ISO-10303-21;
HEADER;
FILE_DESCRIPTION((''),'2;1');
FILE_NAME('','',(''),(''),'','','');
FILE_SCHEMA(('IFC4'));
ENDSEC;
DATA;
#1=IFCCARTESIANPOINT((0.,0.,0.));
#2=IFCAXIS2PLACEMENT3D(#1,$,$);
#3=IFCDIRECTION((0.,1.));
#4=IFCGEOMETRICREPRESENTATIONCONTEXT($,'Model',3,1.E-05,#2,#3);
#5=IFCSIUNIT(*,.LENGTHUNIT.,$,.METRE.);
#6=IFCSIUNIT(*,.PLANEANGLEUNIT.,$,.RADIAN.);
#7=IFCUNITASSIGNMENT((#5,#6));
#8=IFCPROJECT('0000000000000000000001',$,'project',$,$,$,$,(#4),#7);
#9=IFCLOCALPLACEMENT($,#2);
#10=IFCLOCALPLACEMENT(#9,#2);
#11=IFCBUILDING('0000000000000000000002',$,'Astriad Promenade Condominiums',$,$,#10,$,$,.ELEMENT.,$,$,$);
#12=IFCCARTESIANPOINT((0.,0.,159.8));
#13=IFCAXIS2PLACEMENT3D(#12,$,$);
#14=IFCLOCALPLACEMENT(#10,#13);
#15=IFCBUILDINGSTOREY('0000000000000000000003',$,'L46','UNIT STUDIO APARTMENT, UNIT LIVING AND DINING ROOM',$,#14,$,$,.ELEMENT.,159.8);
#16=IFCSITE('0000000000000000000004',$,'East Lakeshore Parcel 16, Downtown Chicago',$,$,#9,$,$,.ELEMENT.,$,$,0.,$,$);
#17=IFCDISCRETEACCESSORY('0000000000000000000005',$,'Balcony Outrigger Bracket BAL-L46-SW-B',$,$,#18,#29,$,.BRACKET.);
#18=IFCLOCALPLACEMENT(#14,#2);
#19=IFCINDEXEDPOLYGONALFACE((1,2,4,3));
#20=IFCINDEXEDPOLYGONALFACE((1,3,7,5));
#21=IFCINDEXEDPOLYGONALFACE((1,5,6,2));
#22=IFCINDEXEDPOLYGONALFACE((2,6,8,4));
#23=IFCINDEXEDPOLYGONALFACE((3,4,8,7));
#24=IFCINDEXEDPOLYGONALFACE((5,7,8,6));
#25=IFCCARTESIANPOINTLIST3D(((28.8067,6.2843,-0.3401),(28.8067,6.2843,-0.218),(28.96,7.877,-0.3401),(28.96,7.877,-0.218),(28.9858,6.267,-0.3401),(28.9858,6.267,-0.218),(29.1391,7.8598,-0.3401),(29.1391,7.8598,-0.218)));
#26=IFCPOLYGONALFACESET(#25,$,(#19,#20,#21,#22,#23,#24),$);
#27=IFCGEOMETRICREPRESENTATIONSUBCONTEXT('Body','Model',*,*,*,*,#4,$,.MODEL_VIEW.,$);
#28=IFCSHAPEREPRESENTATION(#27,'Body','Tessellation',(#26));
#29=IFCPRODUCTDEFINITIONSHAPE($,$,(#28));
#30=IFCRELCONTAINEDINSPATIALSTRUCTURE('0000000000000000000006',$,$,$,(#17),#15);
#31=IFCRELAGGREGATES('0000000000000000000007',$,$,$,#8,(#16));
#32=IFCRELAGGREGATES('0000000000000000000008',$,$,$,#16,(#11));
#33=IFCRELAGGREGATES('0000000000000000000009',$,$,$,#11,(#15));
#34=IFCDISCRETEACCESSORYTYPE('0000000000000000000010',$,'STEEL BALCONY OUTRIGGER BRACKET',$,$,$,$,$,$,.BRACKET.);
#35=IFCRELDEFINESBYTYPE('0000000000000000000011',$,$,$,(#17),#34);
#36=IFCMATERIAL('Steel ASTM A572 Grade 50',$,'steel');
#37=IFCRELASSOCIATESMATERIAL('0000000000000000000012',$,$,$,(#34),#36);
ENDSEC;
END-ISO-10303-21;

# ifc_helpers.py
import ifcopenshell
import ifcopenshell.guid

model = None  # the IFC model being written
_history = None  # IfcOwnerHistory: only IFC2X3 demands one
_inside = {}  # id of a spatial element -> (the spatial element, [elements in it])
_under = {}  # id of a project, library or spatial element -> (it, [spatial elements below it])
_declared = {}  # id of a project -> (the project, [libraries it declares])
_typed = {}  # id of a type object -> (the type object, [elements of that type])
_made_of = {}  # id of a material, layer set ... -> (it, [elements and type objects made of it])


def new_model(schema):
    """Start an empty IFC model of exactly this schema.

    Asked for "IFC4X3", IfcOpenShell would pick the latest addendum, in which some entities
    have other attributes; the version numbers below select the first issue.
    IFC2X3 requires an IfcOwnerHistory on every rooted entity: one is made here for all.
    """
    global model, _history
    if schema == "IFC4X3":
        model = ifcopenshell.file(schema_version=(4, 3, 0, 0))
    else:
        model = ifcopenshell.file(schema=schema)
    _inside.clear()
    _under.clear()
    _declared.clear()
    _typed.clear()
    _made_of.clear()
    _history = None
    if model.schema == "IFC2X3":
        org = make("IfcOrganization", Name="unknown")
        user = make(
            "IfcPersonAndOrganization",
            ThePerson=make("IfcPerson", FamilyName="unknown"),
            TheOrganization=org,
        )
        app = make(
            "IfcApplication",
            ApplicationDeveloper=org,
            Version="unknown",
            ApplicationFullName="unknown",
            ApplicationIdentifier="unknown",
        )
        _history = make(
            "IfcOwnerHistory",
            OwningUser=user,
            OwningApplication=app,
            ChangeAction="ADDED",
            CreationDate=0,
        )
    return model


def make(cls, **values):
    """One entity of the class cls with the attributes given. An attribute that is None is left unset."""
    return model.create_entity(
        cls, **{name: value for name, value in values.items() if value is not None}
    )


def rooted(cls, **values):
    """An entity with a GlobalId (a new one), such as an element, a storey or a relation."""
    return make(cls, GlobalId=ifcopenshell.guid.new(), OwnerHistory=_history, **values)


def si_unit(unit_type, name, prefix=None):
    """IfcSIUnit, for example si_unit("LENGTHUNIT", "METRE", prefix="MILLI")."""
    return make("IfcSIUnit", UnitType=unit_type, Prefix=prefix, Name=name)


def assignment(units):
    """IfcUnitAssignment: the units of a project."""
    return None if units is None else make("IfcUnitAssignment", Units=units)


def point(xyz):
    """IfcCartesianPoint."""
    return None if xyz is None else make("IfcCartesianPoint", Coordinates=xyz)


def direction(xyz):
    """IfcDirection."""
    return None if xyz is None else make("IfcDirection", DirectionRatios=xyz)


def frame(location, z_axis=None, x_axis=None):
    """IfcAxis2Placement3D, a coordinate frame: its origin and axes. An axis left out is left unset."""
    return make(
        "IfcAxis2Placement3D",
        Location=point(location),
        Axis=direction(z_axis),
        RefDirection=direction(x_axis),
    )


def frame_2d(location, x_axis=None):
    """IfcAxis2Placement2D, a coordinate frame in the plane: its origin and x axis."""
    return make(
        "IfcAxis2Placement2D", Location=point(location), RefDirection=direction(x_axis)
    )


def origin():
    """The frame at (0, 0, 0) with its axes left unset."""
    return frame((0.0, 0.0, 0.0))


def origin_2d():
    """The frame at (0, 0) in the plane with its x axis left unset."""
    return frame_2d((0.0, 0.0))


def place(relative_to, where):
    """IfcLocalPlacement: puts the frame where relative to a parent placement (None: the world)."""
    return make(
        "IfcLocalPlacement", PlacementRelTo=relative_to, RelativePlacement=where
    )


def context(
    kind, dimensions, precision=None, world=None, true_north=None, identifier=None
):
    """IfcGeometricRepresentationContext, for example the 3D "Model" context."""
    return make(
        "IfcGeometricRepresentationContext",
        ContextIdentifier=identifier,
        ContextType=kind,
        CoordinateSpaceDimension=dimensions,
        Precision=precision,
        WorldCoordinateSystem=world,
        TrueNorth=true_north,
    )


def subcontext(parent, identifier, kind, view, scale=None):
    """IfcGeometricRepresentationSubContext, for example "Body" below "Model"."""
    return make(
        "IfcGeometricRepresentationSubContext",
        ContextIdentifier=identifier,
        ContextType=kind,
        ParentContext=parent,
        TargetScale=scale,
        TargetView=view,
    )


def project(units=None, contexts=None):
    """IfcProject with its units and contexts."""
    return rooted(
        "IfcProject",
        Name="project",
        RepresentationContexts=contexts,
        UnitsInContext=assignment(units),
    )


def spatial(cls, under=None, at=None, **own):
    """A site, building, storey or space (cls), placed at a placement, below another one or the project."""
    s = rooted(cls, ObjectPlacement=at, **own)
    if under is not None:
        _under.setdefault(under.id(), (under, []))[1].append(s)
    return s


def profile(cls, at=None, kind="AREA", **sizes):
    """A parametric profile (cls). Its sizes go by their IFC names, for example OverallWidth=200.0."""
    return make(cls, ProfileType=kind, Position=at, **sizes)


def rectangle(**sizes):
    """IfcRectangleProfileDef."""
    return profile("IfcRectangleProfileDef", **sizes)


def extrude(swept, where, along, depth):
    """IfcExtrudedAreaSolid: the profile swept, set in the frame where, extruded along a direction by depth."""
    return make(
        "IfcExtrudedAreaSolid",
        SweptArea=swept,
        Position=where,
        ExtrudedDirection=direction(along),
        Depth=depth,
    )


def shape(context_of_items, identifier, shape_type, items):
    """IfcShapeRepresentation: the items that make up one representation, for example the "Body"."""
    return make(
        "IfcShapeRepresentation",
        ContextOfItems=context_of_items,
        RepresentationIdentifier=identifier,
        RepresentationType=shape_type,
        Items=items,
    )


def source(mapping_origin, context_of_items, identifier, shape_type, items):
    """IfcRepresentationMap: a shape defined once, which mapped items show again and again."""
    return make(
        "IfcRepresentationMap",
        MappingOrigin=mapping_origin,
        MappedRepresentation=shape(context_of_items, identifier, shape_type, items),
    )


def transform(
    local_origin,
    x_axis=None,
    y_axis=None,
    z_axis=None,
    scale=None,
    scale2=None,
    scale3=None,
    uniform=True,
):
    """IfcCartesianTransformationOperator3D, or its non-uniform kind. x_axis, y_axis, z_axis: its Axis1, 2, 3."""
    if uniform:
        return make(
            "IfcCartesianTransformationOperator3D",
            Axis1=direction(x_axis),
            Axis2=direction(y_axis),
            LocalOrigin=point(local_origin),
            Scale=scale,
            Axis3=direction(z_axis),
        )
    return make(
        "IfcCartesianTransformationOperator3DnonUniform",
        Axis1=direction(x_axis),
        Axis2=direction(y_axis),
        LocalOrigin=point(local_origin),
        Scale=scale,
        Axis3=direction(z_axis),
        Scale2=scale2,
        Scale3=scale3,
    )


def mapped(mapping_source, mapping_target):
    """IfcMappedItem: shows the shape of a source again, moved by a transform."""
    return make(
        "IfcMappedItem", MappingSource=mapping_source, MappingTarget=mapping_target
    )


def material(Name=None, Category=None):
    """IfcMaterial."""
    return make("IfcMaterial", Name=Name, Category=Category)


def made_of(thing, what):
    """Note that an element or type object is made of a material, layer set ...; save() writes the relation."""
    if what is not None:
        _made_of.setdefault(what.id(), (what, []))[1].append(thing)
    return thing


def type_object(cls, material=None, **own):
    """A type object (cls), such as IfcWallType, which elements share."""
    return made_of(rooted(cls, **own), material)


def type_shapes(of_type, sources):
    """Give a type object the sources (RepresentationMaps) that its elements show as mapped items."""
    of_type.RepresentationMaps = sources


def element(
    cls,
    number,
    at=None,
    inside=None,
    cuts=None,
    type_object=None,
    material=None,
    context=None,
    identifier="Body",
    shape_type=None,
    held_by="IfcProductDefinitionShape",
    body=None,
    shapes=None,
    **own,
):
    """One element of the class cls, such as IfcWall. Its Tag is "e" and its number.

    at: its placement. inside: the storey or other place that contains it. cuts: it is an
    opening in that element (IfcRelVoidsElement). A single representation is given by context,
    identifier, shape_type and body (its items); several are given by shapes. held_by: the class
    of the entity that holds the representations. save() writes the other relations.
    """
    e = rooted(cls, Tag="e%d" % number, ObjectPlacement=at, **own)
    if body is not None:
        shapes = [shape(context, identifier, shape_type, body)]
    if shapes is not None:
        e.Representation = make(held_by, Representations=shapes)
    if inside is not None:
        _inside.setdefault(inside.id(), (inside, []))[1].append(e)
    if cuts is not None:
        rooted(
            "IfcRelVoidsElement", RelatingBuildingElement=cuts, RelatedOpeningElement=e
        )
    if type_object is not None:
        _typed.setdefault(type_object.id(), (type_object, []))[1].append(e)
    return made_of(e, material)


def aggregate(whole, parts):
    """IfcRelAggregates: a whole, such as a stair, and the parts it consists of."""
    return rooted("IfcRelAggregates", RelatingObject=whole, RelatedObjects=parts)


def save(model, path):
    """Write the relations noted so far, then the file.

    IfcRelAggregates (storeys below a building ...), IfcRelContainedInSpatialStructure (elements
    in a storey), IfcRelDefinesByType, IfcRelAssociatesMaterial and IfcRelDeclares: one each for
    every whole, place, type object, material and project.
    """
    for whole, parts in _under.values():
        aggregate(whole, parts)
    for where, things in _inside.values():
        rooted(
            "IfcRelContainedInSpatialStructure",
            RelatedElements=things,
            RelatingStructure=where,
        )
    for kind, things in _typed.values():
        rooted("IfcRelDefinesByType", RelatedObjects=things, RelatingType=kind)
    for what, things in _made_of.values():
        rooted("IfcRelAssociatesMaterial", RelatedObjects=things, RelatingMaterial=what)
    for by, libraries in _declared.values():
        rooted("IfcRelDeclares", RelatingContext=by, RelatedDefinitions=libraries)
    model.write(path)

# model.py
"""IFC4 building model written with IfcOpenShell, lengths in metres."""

from ifc_helpers import new_model, si_unit, direction, frame, origin, origin_2d, place, context, subcontext, project, spatial, rectangle, extrude, source, transform, mapped, material, type_object, type_shapes, element, save


model = new_model("IFC4")

# Units and contexts
model_context = context("Model", 3, precision=1e-05, world=origin(), true_north=direction((0.0, 1.0)))
body_context = subcontext(model_context, "Body", "Model", "MODEL_VIEW")
ifc_project = project(units=[si_unit("LENGTHUNIT", "METRE"), si_unit("PLANEANGLEUNIT", "RADIAN")], contexts=[model_context])

# Site, building, storey
site_placement = place(None, origin())
site = spatial("IfcSite", under=ifc_project, at=site_placement, Name="East Lakeshore Parcel 16, Downtown Chicago", CompositionType="ELEMENT", RefElevation=0.0)
building_placement = place(site_placement, origin())
building = spatial("IfcBuilding", under=site, at=building_placement, Name="Astriad Promenade Condominiums", CompositionType="ELEMENT")
storey_placement = place(building_placement, frame((0.0, 0.0, 159.8)))
storey = spatial("IfcBuildingStorey", under=building, at=storey_placement, Name="L46", Description="UNIT STUDIO APARTMENT, UNIT LIVING AND DINING ROOM", CompositionType="ELEMENT", Elevation=159.8)

# Discrete accessory
ifc_material_1 = material(Name="Steel ASTM A572 Grade 50", Category="steel")
discrete_accessory_type = type_object("IfcDiscreteAccessoryType", Name="STEEL BALCONY OUTRIGGER BRACKET", PredefinedType="BRACKET", material=ifc_material_1)
shared_shape_1 = source(origin(), body_context, "Body", "SweptSolid", [
    extrude(rectangle(XDim=1.6001, YDim=0.1799, at=origin_2d()), origin(), (0.0, 0.0, 1.0), 0.1221),
])
type_shapes(discrete_accessory_type, [shared_shape_1])
discrete_accessory_placement = place(storey_placement, frame((28.9729, 7.072, -0.3401), z_axis=(0.0, 0.0, 1.0), x_axis=(-0.095846, -0.995396, 0.0)))
element("IfcDiscreteAccessory", 1, at=discrete_accessory_placement, inside=storey, type_object=discrete_accessory_type, Name="Balcony Outrigger Bracket BAL-L46-SW-B", PredefinedType="BRACKET", context=body_context, shape_type="MappedRepresentation", body=[
    mapped(shared_shape_1, transform((0.0, 0.0, 0.0), scale=1.0)),
])

save(model, "model.ifc")
